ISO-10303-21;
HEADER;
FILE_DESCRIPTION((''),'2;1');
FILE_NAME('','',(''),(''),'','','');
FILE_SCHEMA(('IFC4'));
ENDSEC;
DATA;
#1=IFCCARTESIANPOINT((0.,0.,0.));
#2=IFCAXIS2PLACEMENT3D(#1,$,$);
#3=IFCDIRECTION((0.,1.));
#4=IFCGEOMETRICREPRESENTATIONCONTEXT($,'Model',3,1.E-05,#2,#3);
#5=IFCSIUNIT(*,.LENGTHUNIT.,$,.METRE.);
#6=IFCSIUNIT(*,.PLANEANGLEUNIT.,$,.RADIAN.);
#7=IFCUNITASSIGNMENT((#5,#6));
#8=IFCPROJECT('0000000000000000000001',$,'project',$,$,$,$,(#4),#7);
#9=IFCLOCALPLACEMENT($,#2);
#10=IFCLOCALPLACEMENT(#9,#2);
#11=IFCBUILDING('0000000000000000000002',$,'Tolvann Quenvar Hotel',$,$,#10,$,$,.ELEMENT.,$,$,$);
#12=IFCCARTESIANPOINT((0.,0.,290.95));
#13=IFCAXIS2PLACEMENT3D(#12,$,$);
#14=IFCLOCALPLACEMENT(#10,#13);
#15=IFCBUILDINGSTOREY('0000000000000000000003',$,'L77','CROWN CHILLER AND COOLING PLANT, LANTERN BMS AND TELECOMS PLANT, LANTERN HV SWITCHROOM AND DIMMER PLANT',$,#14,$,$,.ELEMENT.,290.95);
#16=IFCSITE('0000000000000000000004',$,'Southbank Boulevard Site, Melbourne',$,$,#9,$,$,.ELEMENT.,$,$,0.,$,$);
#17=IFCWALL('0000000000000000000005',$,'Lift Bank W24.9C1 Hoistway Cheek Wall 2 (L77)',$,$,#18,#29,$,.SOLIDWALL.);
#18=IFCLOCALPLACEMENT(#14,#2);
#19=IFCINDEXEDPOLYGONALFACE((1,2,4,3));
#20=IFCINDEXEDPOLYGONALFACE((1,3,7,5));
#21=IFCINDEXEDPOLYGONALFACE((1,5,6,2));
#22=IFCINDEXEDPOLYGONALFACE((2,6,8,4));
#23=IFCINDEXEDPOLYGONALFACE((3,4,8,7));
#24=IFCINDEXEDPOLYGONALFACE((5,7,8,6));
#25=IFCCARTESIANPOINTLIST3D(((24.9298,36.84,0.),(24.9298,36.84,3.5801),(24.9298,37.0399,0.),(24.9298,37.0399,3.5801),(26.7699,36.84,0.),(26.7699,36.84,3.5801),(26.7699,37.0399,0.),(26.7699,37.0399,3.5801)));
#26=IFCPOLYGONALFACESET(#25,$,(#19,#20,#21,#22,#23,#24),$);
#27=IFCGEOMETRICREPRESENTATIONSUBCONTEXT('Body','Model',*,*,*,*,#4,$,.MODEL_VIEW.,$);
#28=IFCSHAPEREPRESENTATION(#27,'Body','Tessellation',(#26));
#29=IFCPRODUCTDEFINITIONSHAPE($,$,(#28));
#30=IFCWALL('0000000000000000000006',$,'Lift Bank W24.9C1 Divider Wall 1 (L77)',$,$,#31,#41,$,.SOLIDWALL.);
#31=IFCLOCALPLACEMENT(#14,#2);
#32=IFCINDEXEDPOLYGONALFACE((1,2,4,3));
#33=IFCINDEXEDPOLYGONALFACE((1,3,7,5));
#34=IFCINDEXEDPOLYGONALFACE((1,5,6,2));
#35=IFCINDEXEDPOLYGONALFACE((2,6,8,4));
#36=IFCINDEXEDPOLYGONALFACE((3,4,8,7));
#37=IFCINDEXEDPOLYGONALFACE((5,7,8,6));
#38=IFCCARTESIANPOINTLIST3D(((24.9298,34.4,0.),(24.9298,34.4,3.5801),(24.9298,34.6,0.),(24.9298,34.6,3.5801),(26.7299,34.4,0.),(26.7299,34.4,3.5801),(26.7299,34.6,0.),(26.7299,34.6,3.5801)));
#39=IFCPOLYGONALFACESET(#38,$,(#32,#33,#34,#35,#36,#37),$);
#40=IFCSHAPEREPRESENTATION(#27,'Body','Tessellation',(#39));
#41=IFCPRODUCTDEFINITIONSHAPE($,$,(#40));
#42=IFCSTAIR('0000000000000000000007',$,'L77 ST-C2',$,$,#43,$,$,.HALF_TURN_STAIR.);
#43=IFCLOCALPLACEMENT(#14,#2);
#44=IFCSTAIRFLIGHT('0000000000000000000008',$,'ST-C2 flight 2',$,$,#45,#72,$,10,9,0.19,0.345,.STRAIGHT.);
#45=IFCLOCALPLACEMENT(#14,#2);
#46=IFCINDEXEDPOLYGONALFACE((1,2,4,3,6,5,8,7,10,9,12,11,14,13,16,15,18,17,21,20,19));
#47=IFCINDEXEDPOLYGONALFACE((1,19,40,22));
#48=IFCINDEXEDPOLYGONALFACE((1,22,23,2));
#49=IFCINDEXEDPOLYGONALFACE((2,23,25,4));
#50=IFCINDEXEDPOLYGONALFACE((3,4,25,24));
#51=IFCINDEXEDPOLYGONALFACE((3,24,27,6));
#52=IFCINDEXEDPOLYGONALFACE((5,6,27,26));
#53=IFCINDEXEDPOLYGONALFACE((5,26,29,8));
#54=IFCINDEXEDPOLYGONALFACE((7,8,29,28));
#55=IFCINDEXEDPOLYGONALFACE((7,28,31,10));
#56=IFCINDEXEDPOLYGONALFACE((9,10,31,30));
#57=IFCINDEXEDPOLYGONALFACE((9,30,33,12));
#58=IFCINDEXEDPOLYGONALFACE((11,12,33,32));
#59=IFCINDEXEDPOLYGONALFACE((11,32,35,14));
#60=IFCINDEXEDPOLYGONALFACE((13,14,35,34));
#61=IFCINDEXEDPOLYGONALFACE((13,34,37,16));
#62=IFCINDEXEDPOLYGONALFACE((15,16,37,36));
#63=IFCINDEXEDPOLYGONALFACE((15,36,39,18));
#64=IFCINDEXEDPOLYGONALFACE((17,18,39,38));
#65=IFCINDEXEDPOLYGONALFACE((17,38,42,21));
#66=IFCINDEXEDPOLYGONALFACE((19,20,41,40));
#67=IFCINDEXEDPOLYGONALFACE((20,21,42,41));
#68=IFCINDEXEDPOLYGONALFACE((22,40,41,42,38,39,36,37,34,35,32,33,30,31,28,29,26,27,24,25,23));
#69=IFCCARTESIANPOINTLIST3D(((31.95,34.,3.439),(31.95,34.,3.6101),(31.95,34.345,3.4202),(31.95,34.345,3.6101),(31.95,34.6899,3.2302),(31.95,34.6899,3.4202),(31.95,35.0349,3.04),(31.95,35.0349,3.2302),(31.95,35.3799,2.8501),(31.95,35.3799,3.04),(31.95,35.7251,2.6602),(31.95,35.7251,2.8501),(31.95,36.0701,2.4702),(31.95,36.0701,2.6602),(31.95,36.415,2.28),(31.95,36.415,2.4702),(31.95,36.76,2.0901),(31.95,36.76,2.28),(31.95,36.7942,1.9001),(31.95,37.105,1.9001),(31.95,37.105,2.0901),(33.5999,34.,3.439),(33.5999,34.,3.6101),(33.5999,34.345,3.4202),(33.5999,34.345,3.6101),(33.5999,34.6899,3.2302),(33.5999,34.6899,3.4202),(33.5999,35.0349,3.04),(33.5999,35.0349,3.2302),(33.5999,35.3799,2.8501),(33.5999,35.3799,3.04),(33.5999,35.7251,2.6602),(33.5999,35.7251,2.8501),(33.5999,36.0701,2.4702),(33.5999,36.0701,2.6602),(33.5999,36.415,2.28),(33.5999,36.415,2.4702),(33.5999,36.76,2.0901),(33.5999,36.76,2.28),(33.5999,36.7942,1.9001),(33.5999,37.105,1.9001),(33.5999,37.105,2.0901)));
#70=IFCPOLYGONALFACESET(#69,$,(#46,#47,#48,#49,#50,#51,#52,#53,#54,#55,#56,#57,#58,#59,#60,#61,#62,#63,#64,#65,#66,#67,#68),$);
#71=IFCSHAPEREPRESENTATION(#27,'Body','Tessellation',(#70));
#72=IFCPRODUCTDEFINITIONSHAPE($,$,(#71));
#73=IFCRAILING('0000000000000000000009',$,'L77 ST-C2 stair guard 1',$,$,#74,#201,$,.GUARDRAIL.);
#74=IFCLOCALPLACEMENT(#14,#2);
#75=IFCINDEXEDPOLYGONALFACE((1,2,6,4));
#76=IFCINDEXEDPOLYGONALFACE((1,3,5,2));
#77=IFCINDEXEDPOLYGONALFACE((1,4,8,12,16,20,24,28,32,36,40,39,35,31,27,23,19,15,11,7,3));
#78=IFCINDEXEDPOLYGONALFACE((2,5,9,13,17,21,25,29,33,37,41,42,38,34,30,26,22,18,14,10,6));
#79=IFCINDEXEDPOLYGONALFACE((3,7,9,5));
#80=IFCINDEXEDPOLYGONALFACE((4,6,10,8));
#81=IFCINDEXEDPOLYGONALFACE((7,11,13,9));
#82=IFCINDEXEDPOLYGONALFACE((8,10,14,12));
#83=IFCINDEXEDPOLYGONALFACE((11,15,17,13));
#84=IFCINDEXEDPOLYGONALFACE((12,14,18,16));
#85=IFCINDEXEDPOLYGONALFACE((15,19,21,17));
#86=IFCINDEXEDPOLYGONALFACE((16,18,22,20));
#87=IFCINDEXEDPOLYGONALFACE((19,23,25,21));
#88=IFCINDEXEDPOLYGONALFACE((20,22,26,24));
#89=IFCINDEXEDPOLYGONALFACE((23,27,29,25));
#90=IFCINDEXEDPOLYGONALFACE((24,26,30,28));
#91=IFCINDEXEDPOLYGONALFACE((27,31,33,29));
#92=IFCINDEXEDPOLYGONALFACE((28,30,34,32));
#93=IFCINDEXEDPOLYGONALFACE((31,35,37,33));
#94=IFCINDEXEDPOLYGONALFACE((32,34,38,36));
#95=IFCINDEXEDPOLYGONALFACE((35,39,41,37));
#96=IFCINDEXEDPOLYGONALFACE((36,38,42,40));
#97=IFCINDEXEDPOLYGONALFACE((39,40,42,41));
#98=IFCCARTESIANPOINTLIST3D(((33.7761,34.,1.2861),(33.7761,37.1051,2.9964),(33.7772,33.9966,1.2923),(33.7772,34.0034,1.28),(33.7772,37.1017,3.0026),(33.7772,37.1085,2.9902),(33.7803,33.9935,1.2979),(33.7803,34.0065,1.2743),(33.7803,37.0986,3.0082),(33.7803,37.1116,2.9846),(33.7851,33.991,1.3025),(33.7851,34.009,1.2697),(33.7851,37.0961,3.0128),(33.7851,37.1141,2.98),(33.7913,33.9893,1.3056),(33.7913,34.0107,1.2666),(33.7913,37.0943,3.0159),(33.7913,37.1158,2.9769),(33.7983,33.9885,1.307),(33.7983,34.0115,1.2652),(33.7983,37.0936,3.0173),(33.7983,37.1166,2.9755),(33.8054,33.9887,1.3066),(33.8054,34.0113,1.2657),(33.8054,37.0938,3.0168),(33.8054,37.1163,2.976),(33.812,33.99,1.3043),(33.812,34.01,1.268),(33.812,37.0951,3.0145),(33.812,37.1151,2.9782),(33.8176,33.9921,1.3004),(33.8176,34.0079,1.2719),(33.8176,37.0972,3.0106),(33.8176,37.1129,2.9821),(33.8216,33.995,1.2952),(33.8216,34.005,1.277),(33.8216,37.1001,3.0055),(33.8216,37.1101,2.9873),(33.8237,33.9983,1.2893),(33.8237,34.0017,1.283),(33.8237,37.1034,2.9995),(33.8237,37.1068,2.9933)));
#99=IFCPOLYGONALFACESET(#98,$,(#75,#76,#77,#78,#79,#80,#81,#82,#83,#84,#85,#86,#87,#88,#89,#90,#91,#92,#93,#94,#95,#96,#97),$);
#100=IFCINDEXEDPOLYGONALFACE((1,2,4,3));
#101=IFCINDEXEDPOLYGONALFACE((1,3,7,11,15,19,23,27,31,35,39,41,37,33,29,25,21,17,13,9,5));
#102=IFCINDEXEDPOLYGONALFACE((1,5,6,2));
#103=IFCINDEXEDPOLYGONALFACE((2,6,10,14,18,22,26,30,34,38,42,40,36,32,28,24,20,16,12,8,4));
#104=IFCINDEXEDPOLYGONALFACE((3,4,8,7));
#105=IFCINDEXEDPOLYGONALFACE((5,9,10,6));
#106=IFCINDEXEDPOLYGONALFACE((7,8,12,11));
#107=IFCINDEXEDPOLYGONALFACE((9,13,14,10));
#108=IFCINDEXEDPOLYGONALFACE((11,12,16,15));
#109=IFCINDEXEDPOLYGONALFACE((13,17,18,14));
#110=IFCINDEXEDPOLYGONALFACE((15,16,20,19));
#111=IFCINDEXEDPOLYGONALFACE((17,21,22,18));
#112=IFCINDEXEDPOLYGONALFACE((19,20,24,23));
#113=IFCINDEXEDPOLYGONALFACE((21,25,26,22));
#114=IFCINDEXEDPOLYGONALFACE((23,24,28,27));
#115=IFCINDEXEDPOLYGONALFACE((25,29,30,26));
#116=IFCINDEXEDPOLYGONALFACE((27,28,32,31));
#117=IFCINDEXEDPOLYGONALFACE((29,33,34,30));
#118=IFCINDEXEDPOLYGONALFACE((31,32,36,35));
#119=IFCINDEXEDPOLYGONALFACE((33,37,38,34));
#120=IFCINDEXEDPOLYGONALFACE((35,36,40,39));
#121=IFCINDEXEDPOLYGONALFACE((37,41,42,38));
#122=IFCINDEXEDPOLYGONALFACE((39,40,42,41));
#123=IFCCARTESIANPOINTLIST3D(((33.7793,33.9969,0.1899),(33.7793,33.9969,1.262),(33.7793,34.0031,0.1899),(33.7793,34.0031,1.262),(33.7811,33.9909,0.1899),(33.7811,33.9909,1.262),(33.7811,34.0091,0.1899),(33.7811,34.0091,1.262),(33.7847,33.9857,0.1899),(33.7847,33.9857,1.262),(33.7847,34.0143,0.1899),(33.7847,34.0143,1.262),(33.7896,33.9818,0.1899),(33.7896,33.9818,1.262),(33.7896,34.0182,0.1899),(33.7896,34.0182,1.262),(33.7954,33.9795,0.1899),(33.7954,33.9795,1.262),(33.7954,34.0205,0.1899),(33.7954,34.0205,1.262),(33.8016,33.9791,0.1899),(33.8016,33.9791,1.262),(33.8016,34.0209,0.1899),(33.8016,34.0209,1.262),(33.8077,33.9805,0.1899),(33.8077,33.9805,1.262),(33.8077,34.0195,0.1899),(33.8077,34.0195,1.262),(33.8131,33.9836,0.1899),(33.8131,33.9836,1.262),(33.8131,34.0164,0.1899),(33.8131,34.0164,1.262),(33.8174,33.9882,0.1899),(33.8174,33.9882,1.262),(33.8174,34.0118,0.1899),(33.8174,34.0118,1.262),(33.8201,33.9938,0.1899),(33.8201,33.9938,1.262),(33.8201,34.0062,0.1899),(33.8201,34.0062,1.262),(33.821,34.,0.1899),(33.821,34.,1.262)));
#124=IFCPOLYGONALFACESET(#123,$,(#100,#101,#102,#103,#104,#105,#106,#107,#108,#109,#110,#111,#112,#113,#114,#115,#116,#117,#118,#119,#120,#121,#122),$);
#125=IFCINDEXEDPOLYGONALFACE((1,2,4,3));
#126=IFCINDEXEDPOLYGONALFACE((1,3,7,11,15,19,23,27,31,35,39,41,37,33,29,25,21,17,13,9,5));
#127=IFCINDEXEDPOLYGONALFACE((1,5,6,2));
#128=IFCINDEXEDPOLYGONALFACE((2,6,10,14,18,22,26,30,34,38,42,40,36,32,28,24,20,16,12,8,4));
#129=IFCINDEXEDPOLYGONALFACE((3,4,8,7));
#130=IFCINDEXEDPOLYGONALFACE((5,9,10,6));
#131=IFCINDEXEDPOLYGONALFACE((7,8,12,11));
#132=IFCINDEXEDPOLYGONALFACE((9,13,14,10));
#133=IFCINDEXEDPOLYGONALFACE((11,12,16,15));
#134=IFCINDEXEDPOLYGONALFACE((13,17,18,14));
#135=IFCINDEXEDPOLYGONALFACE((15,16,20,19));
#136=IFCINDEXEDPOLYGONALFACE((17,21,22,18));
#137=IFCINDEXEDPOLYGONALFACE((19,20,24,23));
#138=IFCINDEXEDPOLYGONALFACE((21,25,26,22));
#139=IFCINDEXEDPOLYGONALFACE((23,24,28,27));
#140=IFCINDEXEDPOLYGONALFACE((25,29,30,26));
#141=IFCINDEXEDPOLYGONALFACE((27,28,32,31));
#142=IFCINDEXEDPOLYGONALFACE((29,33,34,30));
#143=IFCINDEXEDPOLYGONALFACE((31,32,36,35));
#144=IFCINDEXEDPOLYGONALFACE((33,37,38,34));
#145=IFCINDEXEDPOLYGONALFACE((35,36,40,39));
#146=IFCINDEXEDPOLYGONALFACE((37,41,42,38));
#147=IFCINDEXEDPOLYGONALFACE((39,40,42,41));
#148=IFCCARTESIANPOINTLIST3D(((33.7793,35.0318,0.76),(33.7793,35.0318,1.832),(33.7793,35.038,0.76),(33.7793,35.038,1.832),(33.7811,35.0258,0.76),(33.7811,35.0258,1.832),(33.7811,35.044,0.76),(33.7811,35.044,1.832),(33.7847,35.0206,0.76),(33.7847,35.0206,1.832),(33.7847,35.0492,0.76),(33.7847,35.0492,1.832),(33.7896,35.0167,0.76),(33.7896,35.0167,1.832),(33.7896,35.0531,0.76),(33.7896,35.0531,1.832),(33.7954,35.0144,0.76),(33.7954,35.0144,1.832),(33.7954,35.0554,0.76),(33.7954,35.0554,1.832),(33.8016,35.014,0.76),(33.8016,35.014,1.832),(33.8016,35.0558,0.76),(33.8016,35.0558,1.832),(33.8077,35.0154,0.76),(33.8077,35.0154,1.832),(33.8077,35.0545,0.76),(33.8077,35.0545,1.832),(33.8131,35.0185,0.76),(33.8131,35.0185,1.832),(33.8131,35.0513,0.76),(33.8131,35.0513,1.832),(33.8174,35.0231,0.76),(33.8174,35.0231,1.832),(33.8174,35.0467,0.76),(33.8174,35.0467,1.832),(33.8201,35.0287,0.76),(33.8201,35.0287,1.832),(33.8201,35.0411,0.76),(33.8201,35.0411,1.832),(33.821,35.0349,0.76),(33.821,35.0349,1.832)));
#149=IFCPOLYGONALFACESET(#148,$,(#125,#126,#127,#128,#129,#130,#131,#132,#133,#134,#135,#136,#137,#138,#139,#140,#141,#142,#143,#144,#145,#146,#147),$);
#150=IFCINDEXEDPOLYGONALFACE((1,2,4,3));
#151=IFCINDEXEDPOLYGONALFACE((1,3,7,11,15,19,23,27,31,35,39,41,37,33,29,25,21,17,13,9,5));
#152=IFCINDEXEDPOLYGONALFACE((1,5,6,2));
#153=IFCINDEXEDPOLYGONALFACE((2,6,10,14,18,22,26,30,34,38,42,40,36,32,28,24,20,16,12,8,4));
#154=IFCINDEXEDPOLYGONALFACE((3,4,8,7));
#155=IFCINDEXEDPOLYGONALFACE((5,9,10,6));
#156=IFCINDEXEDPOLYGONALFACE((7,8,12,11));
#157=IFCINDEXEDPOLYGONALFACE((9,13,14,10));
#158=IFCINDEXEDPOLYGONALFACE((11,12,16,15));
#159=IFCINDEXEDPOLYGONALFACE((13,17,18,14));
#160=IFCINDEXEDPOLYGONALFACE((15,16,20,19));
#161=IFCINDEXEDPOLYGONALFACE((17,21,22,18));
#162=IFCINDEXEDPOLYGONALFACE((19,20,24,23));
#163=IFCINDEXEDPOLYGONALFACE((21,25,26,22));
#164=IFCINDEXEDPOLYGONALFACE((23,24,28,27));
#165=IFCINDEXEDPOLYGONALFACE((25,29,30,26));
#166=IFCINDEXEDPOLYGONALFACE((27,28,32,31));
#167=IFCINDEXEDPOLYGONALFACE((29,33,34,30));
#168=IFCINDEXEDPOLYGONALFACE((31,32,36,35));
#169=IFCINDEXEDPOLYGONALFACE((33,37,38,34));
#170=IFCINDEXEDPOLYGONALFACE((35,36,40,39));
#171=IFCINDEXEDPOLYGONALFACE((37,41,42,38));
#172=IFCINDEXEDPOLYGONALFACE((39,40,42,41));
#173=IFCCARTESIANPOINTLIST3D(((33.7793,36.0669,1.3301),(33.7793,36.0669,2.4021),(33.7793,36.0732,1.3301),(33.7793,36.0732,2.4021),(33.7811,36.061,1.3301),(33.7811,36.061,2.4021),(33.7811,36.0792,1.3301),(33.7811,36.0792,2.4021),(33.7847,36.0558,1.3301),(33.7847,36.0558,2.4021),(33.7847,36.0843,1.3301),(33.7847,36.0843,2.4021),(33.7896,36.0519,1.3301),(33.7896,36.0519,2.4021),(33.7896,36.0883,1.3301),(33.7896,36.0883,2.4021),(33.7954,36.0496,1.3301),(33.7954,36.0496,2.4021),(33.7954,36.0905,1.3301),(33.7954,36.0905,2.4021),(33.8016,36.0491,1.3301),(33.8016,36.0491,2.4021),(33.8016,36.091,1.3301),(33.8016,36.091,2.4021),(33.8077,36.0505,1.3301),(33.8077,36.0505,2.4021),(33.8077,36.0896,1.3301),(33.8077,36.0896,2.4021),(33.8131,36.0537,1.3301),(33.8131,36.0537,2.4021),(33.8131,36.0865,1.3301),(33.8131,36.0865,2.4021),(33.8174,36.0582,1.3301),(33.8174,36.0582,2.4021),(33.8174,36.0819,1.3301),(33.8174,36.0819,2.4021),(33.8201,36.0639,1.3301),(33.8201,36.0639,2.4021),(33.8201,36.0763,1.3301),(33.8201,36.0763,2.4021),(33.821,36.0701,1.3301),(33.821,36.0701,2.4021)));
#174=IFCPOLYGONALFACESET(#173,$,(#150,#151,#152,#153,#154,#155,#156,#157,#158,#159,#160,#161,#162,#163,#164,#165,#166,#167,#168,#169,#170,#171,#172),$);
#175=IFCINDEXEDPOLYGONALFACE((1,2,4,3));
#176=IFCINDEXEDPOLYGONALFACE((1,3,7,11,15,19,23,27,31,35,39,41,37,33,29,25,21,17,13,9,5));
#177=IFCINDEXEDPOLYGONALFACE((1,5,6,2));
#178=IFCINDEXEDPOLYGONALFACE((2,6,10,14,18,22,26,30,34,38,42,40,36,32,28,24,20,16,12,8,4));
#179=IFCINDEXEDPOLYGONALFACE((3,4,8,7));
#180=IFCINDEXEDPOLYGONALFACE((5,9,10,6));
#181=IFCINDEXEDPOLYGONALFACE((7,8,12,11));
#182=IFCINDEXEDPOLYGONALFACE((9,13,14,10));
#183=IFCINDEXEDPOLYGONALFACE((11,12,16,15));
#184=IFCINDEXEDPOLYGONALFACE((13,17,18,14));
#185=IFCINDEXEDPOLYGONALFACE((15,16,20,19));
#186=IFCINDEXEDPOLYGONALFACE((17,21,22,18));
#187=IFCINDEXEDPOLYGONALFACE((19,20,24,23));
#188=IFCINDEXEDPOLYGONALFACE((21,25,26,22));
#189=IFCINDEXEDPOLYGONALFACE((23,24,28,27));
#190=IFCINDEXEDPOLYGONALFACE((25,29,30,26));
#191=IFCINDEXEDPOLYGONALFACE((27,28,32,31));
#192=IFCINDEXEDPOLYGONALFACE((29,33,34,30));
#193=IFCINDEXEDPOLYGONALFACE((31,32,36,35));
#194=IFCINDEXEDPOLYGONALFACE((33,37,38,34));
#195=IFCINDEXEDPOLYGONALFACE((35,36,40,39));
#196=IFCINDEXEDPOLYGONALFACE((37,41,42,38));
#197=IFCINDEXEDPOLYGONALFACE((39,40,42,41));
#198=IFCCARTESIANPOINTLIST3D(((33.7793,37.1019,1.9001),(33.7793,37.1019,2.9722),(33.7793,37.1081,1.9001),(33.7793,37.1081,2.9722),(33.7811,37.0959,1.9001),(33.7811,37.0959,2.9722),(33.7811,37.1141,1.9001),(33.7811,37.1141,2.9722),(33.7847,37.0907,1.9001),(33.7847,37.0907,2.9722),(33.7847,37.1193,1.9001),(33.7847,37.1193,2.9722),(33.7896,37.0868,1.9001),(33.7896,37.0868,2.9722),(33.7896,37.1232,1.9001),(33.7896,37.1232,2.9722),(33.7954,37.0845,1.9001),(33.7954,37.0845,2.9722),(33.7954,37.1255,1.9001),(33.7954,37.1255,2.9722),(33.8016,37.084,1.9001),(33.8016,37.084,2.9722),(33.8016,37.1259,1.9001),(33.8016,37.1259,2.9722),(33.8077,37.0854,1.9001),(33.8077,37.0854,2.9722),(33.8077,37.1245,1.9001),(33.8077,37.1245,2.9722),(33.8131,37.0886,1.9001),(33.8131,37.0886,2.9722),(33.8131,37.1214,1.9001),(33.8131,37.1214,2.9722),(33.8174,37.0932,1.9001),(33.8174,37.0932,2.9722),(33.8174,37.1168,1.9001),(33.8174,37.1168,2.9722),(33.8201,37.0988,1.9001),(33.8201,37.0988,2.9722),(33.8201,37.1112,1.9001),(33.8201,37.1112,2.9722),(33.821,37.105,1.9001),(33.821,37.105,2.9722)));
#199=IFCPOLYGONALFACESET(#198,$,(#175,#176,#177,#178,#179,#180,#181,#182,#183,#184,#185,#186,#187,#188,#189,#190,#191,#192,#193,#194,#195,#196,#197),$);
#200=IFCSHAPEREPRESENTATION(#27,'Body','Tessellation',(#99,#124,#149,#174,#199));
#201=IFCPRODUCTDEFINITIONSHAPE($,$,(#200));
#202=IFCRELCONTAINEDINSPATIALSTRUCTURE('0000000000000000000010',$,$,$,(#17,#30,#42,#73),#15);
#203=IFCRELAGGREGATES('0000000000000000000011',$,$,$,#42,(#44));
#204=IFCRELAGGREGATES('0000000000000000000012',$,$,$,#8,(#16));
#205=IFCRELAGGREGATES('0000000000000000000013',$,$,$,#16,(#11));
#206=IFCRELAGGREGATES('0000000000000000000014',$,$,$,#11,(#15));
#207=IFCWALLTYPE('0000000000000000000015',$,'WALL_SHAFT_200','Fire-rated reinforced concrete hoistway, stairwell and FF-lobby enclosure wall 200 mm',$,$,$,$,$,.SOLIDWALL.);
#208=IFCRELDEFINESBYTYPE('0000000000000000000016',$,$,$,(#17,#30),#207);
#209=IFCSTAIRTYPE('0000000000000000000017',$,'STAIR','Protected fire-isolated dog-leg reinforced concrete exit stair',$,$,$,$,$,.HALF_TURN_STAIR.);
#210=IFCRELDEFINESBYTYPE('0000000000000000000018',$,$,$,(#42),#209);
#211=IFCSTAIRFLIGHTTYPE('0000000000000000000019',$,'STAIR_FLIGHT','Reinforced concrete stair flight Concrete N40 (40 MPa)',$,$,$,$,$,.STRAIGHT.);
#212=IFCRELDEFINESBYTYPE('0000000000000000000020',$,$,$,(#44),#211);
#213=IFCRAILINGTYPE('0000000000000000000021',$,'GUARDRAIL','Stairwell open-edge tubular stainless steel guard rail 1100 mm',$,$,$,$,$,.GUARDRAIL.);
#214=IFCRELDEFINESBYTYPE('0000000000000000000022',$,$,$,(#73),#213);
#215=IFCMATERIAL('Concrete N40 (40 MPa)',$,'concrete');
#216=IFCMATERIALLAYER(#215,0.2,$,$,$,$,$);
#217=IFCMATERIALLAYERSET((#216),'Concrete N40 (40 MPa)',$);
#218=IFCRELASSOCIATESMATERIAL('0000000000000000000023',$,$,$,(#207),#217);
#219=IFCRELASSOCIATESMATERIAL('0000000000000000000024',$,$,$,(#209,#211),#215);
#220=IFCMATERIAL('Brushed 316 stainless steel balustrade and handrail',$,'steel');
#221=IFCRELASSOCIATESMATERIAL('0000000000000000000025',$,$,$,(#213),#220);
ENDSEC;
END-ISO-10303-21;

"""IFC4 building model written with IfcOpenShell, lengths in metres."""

from ifc_helpers import new_model, si_unit, direction, frame, frame_2d, origin, origin_2d, place, context, subcontext, project, spatial, polyline, rectangle, circle, outline, extrude, material, layer, layer_set, type_object, element, aggregate, save


model = new_model("IFC4")

# Units and contexts
model_context = context("Model", 3, precision=1e-05, world=origin(), true_north=direction((0.0, 1.0)))
body_context = subcontext(model_context, "Body", "Model", "MODEL_VIEW")
ifc_project = project(units=[si_unit("LENGTHUNIT", "METRE"), si_unit("PLANEANGLEUNIT", "RADIAN")], contexts=[model_context])

# Site, building, storey
site_placement = place(None, origin())
site = spatial("IfcSite", under=ifc_project, at=site_placement, Name="Southbank Boulevard Site, Melbourne", CompositionType="ELEMENT", RefElevation=0.0)
building_placement = place(site_placement, origin())
building = spatial("IfcBuilding", under=site, at=building_placement, Name="Tolvann Quenvar Hotel", CompositionType="ELEMENT")
storey_placement = place(building_placement, frame((0.0, 0.0, 290.95)))
storey = spatial("IfcBuildingStorey", under=building, at=storey_placement, Name="L77", Description="CROWN CHILLER AND COOLING PLANT, LANTERN BMS AND TELECOMS PLANT, LANTERN HV SWITCHROOM AND DIMMER PLANT", CompositionType="ELEMENT", Elevation=290.95)

# Shared definitions
ifc_material_1 = material(Name="Concrete N40 (40 MPa)", Category="concrete")
ifc_layer_1 = layer(ifc_material_1, 0.2)
ifc_layer_set_1 = layer_set([ifc_layer_1], Name="Concrete N40 (40 MPa)")
wall_type_1 = type_object("IfcWallType", Name="WALL_SHAFT_200", Description="Fire-rated reinforced concrete hoistway, stairwell and FF-lobby enclosure wall 200 mm", PredefinedType="SOLIDWALL", material=ifc_layer_set_1)

# Walls
wall_1_placement = place(storey_placement, frame((24.9299, 36.9399, 0.0), z_axis=(0.0, 0.0, 1.0), x_axis=(1.0, 0.0, 0.0)))
element("IfcWall", 1, at=wall_1_placement, inside=storey, type_object=wall_type_1, Name="Lift Bank W24.9C1 Hoistway Cheek Wall 2 (L77)", PredefinedType="SOLIDWALL", context=body_context, shape_type="SweptSolid", body=[
    extrude(rectangle(XDim=1.8401, YDim=0.2, at=frame_2d((0.9199, 0.0))), origin(), (0.0, 0.0, 1.0), 3.5801),
])
wall_2_placement = place(storey_placement, frame((24.9299, 34.5, 0.0), z_axis=(0.0, 0.0, 1.0), x_axis=(1.0, 0.0, 0.0)))
element("IfcWall", 2, at=wall_2_placement, inside=storey, type_object=wall_type_1, Name="Lift Bank W24.9C1 Divider Wall 1 (L77)", PredefinedType="SOLIDWALL", context=body_context, shape_type="SweptSolid", body=[
    extrude(rectangle(XDim=1.8, YDim=0.2, at=frame_2d((0.8999, 0.0))), origin(), (0.0, 0.0, 1.0), 3.5801),
])

# Stair, stair flight
stair_type = type_object("IfcStairType", Name="STAIR", Description="Protected fire-isolated dog-leg reinforced concrete exit stair", PredefinedType="HALF_TURN_STAIR", material=ifc_material_1)
stair_placement = place(storey_placement, origin())
stair = element("IfcStair", 3, at=stair_placement, inside=storey, type_object=stair_type, Name="L77 ST-C2", PredefinedType="HALF_TURN_STAIR")
stair_flight_type = type_object("IfcStairFlightType", Name="STAIR_FLIGHT", Description="Reinforced concrete stair flight Concrete N40 (40 MPa)", PredefinedType="STRAIGHT", material=ifc_material_1)
stair_flight_placement = place(storey_placement, frame((32.7749, 37.105, 1.9001), z_axis=(0.0, 0.0, 1.0), x_axis=(0.0, -1.0, 0.0)))
stair_flight = element("IfcStairFlight", 4, at=stair_flight_placement, type_object=stair_flight_type, Name="ST-C2 flight 2", NumberOfRisers=10, NumberOfTreads=9, PredefinedType="STRAIGHT", RiserHeight=0.19, TreadLength=0.345, context=body_context, shape_type="SweptSolid", body=[
    extrude(outline(polyline([(0.0, 0.0), (0.0, 0.1899), (0.345, 0.1899), (0.345, 0.3799), (0.6899, 0.3799), (0.6899, 0.5701), (1.0349, 0.5701), (1.0349, 0.76), (1.3799, 0.76), (1.3799, 0.95), (1.7251, 0.95), (1.7251, 1.1399), (2.0701, 1.1399), (2.0701, 1.3301), (2.415, 1.3301), (2.415, 1.52), (2.76, 1.52), (2.76, 1.71), (3.105, 1.71), (3.105, 1.8999), (3.105, 1.5388), (0.3108, 0.0), (0.0, 0.0)])), frame((0.0, 0.825, 0.0), z_axis=(0.0, -1.0, 0.0), x_axis=(1.0, 0.0, 0.0)), (0.0, 0.0, 1.0), 1.6499),
])
aggregate(stair, [stair_flight])

# Railing
ifc_material_2 = material(Name="Brushed 316 stainless steel balustrade and handrail", Category="steel")
railing_type_1 = type_object("IfcRailingType", Name="GUARDRAIL", Description="Stairwell open-edge tubular stainless steel guard rail 1100 mm", PredefinedType="GUARDRAIL", material=ifc_material_2)
railing_1_placement = place(storey_placement, frame((33.8, 34.0, 0.1899)))
element("IfcRailing", 5, at=railing_1_placement, inside=storey, type_object=railing_type_1, Name="L77 ST-C2 stair guard 1", PredefinedType="GUARDRAIL", context=body_context, shape_type="SweptSolid", body=[
    extrude(circle(Radius=0.0239, at=origin_2d()), frame((0.0, 0.0, 1.0962), z_axis=(0.0, 0.875922, 0.482453), x_axis=(-1.0, 0.0, 0.0)), (0.0, 0.0, 1.0), 3.5449),
    extrude(circle(Radius=0.021, at=origin_2d()), origin(), (0.0, 0.0, 1.0), 1.072),
    extrude(circle(Radius=0.021, at=origin_2d()), frame((0.0, 1.0349, 0.5701)), (0.0, 0.0, 1.0), 1.072),
    extrude(circle(Radius=0.021, at=origin_2d()), frame((0.0, 2.0701, 1.1401)), (0.0, 0.0, 1.0), 1.072),
    extrude(circle(Radius=0.021, at=origin_2d()), frame((0.0, 3.105, 1.7102)), (0.0, 0.0, 1.0), 1.072),
])

save(model, "model.ifc")
